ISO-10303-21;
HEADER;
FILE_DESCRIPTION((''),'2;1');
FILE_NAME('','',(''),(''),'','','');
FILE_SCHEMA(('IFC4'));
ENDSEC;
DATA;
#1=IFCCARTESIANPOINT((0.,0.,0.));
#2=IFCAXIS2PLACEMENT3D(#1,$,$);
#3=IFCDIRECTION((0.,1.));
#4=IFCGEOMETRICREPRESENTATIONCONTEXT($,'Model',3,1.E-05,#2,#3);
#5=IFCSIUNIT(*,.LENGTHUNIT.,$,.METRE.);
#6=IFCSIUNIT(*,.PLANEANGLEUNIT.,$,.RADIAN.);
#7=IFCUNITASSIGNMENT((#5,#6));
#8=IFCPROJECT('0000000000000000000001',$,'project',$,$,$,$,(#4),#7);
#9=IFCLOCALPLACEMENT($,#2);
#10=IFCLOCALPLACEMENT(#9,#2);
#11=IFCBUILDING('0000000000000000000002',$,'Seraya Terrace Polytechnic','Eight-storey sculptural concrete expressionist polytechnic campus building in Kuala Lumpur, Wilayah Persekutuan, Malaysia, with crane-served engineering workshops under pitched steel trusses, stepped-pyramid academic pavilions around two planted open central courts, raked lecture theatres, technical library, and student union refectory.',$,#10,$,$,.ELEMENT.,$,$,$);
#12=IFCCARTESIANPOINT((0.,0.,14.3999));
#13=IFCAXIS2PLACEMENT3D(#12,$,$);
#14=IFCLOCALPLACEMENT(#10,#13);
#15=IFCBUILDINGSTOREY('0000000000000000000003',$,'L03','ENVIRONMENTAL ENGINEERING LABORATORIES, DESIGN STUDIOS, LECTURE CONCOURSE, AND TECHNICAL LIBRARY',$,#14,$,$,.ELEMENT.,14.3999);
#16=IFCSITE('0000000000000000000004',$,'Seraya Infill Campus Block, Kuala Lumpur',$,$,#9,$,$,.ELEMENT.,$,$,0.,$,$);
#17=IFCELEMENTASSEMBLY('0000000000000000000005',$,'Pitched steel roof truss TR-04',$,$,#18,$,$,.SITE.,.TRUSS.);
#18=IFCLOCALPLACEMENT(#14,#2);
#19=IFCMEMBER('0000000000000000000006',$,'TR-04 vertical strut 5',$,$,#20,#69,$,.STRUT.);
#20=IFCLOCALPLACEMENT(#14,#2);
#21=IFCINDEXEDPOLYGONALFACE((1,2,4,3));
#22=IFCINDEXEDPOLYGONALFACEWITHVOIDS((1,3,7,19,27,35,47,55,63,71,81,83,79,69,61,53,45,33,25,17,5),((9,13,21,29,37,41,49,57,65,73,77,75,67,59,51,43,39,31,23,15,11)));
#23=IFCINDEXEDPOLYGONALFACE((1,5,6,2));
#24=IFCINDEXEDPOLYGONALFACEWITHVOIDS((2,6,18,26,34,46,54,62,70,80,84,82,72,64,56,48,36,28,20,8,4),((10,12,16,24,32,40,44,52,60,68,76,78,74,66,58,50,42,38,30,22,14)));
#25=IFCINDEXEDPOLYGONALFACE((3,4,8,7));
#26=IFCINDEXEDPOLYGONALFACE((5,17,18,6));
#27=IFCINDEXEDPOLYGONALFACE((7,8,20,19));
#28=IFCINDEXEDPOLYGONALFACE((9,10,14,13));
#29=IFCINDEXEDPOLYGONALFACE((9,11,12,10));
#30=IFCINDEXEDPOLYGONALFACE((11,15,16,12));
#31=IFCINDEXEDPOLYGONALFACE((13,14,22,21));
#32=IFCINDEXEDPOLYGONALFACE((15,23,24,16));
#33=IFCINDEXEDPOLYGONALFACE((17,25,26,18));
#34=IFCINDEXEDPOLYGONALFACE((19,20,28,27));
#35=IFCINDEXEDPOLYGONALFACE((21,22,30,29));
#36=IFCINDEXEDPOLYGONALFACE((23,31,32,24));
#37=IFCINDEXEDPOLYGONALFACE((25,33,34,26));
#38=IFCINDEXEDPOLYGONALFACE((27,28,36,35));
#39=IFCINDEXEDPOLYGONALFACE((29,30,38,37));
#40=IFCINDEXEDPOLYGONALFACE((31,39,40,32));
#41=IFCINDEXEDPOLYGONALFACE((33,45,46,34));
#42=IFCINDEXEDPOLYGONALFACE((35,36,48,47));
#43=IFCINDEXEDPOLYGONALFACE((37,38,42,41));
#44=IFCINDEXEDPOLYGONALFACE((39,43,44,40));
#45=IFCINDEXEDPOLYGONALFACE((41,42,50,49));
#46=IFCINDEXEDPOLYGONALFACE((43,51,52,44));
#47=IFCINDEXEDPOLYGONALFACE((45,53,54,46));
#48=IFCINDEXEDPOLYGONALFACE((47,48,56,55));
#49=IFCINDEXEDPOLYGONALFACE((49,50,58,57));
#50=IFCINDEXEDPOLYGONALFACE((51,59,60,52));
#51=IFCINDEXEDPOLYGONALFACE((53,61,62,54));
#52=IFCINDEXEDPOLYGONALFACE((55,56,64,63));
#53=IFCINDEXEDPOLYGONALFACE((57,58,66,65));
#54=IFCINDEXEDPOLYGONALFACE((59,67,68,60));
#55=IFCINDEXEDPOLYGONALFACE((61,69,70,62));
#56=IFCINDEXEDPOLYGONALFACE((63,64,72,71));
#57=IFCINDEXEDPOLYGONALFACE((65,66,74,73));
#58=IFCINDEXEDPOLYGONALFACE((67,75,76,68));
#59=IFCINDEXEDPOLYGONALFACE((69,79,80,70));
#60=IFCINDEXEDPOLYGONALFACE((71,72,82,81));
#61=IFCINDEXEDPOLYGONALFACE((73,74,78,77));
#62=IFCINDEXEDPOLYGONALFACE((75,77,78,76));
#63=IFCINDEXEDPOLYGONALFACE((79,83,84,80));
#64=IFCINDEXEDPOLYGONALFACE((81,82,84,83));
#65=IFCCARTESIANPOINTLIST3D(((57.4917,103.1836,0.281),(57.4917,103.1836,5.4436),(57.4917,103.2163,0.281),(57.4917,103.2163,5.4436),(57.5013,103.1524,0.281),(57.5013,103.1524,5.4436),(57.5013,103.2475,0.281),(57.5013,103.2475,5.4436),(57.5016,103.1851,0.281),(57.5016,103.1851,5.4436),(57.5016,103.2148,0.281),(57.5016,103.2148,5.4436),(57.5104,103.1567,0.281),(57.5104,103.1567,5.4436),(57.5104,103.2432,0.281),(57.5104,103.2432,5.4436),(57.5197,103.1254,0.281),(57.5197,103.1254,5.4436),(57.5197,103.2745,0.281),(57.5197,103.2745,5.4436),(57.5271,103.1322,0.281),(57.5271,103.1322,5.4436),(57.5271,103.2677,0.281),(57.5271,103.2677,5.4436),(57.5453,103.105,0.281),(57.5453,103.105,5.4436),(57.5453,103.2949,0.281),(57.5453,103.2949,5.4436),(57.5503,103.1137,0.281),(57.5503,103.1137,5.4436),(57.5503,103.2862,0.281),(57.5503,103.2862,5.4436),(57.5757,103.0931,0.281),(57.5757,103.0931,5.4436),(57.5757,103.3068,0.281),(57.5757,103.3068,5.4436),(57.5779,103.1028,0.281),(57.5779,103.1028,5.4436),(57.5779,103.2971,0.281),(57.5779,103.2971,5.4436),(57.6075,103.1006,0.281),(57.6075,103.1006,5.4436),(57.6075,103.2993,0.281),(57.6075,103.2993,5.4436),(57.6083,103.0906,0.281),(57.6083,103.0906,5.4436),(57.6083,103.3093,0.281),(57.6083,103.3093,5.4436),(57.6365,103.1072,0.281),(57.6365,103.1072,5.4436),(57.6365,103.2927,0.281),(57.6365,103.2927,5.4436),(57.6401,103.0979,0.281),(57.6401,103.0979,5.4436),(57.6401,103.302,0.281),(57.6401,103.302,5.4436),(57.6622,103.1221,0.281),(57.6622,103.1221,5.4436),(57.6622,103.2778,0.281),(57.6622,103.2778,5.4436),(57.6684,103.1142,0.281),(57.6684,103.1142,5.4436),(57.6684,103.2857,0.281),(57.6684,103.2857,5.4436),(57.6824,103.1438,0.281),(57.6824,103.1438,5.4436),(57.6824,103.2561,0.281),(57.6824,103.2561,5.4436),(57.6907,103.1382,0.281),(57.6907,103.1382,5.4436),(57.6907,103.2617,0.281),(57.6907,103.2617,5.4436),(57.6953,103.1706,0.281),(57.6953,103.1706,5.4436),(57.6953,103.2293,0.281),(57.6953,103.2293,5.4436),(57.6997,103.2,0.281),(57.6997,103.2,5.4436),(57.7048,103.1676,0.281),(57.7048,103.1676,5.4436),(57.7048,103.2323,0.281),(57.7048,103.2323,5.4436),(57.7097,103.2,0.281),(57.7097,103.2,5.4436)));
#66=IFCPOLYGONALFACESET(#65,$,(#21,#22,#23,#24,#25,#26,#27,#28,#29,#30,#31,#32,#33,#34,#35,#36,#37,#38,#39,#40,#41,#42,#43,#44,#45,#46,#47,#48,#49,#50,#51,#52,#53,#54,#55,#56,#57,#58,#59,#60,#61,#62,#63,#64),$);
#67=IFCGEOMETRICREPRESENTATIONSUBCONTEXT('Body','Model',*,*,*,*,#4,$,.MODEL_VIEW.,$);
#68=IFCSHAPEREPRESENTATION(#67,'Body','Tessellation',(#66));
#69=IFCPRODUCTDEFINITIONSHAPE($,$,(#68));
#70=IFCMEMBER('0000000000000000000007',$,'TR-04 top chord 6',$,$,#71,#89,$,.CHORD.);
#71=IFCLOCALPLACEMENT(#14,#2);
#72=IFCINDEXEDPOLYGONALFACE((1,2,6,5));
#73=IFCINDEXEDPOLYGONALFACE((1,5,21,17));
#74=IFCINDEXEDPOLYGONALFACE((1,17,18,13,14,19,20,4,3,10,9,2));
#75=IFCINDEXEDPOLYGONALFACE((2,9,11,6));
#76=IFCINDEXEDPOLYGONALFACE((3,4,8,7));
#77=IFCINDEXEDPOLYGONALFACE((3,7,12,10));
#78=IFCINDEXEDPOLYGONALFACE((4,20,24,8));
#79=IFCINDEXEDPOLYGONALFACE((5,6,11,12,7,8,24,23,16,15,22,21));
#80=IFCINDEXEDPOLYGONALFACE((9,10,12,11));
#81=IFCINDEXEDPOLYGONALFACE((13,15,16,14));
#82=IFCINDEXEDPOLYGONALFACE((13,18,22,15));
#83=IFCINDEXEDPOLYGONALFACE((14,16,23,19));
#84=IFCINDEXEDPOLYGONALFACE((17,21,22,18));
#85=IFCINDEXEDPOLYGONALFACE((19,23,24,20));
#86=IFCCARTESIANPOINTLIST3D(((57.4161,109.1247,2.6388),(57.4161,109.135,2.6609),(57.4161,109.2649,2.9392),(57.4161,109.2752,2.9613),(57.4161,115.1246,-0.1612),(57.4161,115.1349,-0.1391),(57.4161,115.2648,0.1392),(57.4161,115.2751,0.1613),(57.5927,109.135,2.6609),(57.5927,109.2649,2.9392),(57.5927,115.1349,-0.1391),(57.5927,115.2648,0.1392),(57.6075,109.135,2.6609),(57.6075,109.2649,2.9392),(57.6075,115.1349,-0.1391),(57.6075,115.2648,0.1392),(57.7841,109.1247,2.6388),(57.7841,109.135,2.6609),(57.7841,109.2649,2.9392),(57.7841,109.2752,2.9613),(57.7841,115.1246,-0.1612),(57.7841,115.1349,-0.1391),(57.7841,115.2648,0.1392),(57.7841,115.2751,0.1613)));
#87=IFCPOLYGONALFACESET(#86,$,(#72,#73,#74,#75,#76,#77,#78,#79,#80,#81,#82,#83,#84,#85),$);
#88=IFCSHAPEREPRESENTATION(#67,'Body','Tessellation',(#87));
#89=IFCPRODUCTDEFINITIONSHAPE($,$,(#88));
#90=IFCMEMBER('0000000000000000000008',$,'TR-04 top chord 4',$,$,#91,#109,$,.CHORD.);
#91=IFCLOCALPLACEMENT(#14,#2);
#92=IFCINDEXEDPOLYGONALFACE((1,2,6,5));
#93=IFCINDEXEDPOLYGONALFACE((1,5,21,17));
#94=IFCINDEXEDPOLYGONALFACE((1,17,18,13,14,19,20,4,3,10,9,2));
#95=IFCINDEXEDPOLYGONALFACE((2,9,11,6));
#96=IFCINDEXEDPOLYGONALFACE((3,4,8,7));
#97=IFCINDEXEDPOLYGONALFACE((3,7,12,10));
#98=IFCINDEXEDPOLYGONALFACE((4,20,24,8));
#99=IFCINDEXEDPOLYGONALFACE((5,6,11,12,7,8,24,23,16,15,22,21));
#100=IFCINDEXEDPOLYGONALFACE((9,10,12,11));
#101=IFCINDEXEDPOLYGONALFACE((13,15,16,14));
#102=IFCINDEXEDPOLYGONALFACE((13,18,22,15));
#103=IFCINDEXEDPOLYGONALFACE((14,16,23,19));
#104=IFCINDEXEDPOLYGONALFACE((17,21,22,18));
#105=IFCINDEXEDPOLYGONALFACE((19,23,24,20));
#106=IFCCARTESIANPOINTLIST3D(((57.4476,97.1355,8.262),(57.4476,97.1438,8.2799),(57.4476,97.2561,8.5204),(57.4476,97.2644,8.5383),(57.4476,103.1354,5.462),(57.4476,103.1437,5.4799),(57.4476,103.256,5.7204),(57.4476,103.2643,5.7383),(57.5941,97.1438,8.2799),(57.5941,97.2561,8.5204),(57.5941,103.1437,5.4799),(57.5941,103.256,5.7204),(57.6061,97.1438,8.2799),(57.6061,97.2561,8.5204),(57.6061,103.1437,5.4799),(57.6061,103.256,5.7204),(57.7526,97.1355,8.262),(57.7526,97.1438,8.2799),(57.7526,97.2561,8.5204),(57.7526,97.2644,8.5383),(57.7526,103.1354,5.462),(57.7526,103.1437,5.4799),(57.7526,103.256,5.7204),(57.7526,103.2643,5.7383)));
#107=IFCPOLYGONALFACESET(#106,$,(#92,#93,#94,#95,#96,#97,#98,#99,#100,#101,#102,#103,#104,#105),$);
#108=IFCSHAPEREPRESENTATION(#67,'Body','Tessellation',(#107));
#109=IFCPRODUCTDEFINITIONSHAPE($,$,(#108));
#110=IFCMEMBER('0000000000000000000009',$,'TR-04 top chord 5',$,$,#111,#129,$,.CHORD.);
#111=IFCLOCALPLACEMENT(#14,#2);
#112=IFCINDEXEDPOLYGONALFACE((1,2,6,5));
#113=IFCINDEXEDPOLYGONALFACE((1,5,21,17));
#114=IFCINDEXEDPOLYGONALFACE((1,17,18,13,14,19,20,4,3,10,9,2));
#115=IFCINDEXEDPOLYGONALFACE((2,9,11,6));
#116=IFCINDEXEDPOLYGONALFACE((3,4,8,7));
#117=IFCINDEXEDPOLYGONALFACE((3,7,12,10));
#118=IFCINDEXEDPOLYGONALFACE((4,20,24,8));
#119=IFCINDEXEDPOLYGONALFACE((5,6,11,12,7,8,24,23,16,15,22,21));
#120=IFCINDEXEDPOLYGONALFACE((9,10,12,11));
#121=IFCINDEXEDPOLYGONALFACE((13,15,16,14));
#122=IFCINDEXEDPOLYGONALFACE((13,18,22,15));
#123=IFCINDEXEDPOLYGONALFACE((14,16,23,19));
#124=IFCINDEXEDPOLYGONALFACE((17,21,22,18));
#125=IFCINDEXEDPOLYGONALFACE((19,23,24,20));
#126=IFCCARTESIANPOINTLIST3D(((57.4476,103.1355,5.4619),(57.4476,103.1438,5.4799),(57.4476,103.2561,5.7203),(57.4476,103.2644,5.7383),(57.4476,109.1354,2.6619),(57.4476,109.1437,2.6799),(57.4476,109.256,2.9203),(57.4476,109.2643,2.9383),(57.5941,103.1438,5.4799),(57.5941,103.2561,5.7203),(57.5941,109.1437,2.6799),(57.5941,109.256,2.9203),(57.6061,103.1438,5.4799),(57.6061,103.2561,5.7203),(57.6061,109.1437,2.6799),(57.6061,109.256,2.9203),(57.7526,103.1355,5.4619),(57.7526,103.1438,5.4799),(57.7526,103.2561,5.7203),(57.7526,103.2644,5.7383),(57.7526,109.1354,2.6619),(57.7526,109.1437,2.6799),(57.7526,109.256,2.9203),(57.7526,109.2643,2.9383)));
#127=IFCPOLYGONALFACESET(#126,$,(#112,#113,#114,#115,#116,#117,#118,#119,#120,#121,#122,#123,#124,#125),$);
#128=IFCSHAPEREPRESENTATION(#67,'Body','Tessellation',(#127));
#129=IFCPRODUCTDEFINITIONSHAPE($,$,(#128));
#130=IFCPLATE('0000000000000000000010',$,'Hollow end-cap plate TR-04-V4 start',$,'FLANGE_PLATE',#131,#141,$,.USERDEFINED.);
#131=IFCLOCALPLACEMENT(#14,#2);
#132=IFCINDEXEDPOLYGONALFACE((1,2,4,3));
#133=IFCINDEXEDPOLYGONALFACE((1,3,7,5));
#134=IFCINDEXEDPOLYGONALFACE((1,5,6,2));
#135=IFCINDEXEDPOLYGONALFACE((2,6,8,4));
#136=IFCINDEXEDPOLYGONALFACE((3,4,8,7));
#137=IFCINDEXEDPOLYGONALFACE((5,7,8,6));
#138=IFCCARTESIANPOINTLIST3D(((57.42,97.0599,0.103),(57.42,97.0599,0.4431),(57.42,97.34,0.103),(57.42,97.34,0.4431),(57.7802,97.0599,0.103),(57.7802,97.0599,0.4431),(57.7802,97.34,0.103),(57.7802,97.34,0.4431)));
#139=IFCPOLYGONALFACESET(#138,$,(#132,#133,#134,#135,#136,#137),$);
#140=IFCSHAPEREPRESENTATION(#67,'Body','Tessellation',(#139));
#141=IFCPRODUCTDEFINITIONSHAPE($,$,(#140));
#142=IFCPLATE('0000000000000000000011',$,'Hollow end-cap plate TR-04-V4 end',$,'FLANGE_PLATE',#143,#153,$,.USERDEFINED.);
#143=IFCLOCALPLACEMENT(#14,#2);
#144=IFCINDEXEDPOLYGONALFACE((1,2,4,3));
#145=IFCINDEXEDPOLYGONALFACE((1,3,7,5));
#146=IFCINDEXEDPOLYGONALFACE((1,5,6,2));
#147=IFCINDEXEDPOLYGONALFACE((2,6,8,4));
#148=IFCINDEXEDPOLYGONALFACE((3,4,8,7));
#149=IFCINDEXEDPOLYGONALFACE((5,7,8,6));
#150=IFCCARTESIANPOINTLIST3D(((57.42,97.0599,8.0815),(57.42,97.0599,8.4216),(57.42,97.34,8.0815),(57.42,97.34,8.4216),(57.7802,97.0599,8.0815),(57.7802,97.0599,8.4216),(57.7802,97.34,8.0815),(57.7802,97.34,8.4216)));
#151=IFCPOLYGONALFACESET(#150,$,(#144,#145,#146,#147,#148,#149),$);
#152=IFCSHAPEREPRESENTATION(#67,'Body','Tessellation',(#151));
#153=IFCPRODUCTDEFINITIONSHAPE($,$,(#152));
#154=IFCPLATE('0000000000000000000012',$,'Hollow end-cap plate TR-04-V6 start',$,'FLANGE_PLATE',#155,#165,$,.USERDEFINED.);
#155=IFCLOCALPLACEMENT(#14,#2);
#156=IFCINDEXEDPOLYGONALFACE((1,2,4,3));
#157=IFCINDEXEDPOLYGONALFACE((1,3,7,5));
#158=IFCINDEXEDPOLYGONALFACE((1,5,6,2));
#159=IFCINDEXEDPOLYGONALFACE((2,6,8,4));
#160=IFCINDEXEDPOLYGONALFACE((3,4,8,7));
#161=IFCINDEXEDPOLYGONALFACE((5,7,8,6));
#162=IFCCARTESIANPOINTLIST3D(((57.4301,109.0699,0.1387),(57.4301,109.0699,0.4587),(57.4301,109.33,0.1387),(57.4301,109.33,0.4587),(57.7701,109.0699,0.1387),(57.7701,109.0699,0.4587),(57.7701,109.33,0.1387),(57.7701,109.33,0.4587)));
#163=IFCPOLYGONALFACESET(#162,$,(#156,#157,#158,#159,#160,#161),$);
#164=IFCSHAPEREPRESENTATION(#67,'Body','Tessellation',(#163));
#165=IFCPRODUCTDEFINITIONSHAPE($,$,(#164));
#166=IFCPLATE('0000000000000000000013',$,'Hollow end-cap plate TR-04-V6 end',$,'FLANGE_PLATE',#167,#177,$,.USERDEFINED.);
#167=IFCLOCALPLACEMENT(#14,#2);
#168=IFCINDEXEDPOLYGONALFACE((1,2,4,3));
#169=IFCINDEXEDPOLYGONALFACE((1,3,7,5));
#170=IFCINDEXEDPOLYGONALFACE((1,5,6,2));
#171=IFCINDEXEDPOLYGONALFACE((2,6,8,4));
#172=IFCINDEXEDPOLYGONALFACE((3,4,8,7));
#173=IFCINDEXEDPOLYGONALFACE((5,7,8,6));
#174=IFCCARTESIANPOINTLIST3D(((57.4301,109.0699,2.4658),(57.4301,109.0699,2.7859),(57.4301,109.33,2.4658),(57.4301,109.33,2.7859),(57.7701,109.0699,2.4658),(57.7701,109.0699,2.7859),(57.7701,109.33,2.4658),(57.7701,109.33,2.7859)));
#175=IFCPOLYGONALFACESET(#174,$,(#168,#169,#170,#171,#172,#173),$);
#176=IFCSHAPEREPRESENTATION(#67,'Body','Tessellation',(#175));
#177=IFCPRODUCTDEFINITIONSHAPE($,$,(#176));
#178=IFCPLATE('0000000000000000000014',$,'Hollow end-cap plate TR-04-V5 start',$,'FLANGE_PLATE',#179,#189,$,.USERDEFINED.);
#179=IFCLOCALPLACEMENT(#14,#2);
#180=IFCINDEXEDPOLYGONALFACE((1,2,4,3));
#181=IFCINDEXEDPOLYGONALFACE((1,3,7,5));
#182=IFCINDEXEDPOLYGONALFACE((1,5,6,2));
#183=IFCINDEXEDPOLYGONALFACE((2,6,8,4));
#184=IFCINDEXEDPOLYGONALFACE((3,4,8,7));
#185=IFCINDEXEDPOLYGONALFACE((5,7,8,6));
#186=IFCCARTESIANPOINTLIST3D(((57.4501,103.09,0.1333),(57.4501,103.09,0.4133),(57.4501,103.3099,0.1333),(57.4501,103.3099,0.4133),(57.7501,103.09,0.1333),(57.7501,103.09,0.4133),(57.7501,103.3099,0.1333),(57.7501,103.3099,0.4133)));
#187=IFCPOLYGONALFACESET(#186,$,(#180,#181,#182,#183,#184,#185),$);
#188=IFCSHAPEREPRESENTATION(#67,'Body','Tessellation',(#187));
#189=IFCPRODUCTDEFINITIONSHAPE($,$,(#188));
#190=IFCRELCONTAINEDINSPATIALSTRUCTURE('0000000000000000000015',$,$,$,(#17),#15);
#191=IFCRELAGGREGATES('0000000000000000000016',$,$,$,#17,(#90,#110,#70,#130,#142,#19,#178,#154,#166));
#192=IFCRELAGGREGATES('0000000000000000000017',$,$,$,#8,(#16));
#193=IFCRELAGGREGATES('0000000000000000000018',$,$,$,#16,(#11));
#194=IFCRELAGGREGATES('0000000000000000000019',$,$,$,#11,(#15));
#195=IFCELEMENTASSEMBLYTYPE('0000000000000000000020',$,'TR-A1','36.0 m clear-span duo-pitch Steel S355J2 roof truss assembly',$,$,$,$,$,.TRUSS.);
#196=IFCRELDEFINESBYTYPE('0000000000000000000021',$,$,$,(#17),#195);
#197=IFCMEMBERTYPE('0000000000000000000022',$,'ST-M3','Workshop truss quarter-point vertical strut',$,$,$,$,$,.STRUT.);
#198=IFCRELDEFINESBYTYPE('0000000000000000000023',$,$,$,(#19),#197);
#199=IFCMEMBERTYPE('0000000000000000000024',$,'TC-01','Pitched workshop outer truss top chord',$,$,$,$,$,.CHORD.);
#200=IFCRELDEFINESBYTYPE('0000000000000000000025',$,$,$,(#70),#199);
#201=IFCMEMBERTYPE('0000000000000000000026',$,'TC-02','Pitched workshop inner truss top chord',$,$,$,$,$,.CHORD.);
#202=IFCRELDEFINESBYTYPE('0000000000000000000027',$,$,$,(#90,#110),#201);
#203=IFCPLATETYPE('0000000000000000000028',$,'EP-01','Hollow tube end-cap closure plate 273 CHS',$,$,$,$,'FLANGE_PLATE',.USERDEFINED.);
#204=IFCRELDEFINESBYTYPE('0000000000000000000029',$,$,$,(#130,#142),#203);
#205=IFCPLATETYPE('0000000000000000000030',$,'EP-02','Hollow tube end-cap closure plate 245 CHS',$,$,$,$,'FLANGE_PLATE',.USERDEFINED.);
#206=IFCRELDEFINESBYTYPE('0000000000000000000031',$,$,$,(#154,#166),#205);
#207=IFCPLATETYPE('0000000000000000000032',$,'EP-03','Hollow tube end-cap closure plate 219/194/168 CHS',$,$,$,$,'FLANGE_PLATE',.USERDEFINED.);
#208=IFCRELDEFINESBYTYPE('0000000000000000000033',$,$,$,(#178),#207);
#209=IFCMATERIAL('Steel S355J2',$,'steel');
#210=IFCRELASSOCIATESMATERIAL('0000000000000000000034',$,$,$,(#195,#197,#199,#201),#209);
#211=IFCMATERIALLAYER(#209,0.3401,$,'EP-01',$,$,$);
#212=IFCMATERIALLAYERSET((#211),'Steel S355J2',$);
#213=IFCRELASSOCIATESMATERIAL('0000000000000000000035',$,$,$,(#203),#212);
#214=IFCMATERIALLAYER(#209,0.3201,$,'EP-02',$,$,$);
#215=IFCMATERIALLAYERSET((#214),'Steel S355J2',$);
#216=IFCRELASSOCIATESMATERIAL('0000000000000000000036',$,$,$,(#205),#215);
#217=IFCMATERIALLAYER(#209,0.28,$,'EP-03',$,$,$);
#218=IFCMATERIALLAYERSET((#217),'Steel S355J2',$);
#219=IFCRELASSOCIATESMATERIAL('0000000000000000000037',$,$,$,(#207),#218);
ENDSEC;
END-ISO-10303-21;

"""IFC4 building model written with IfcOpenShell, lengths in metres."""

from ifc_helpers import new_model, si_unit, direction, frame, origin, origin_2d, place, context, subcontext, project, spatial, rectangle, hollow_circle, i_section, extrude, material, layer, layer_set, material_profile, profile_set, type_object, element, aggregate, save


model = new_model("IFC4")

# Units and contexts
model_context = context("Model", 3, precision=1e-05, world=origin(), true_north=direction((0.0, 1.0)))
body_context = subcontext(model_context, "Body", "Model", "MODEL_VIEW")
ifc_project = project(units=[si_unit("LENGTHUNIT", "METRE"), si_unit("PLANEANGLEUNIT", "RADIAN")], contexts=[model_context])

# Site, building, storey
site_placement = place(None, origin())
site = spatial("IfcSite", under=ifc_project, at=site_placement, Name="Seraya Infill Campus Block, Kuala Lumpur", CompositionType="ELEMENT", RefElevation=0.0)
building_placement = place(site_placement, origin())
building = spatial("IfcBuilding", under=site, at=building_placement, Name="Seraya Terrace Polytechnic", Description="Eight-storey sculptural concrete expressionist polytechnic campus building in Kuala Lumpur, Wilayah Persekutuan, Malaysia, with crane-served engineering workshops under pitched steel trusses, stepped-pyramid academic pavilions around two planted open central courts, raked lecture theatres, technical library, and student union refectory.", CompositionType="ELEMENT")
storey_placement = place(building_placement, frame((0.0, 0.0, 14.3999)))
storey = spatial("IfcBuildingStorey", under=building, at=storey_placement, Name="L03", Description="ENVIRONMENTAL ENGINEERING LABORATORIES, DESIGN STUDIOS, LECTURE CONCOURSE, AND TECHNICAL LIBRARY", CompositionType="ELEMENT", Elevation=14.3999)

# Element assembly
ifc_material_1 = material(Name="Steel S355J2", Category="steel")
element_assembly_type = type_object("IfcElementAssemblyType", Name="TR-A1", Description="36.0 m clear-span duo-pitch Steel S355J2 roof truss assembly", PredefinedType="TRUSS", material=ifc_material_1)
assembly_placement = place(storey_placement, origin())
assembly = element("IfcElementAssembly", 1, at=assembly_placement, inside=storey, type_object=element_assembly_type, Name="Pitched steel roof truss TR-04", AssemblyPlace="SITE", PredefinedType="TRUSS")

# Members
ifc_material_profile_1 = material_profile(ifc_material_1, hollow_circle(Radius=0.1096, WallThickness=0.01, at=origin_2d()), Name="CHS 219.1x10.0")
ifc_profile_set_1 = profile_set([ifc_material_profile_1], Name="Steel S355J2")
member_type_1 = type_object("IfcMemberType", Name="ST-M3", Description="Workshop truss quarter-point vertical strut", PredefinedType="STRUT", material=ifc_profile_set_1)
member_1_placement = place(storey_placement, frame((57.6001, 103.2, 0.281), z_axis=(0.0, 0.0, 1.0), x_axis=(1.0, 0.0, 0.0)))
member_1 = element("IfcMember", 2, at=member_1_placement, type_object=member_type_1, Name="TR-04 vertical strut 5", PredefinedType="STRUT", context=body_context, shape_type="SweptSolid", body=[
    extrude(hollow_circle(Radius=0.1096, WallThickness=0.01, at=origin_2d()), origin(), (0.0, 0.0, 1.0), 5.1626),
])
ifc_material_profile_2 = material_profile(ifc_material_1, i_section(OverallWidth=0.3679, OverallDepth=0.356, WebThickness=0.0149, FlangeThickness=0.0244, at=origin_2d()), Name="UKC 356x368x15.0x24.4")
ifc_profile_set_2 = profile_set([ifc_material_profile_2], Name="Steel S355J2")
member_type_2 = type_object("IfcMemberType", Name="TC-01", Description="Pitched workshop outer truss top chord", PredefinedType="CHORD", material=ifc_profile_set_2)
member_2_placement = place(storey_placement, frame((57.6001, 109.2, 2.8), z_axis=(0.0, 0.90618, -0.422892), x_axis=(-1.0, 0.0, 0.0)))
member_2 = element("IfcMember", 3, at=member_2_placement, type_object=member_type_2, Name="TR-04 top chord 6", PredefinedType="CHORD", context=body_context, shape_type="SweptSolid", body=[
    extrude(i_section(OverallWidth=0.3679, OverallDepth=0.356, WebThickness=0.0149, FlangeThickness=0.0244, at=origin_2d()), origin(), (0.0, 0.0, 1.0), 6.6211),
])
ifc_material_profile_3 = material_profile(ifc_material_1, i_section(OverallWidth=0.3049, OverallDepth=0.3049, WebThickness=0.012, FlangeThickness=0.0198, at=origin_2d()), Name="UKC 305x305x12.0x19.7")
ifc_profile_set_3 = profile_set([ifc_material_profile_3], Name="Steel S355J2")
member_type_3 = type_object("IfcMemberType", Name="TC-02", Description="Pitched workshop inner truss top chord", PredefinedType="CHORD", material=ifc_profile_set_3)
member_3_placement = place(storey_placement, frame((57.6001, 97.2, 8.4001), z_axis=(0.0, 0.90618, -0.422892), x_axis=(-1.0, 0.0, 0.0)))
member_3 = element("IfcMember", 4, at=member_3_placement, type_object=member_type_3, Name="TR-04 top chord 4", PredefinedType="CHORD", context=body_context, shape_type="SweptSolid", body=[
    extrude(i_section(OverallWidth=0.3049, OverallDepth=0.3049, WebThickness=0.012, FlangeThickness=0.0198, at=origin_2d()), origin(), (0.0, 0.0, 1.0), 6.6211),
])
member_4_placement = place(storey_placement, frame((57.6001, 103.2, 5.6001), z_axis=(0.0, 0.90618, -0.422892), x_axis=(-1.0, 0.0, 0.0)))
member_4 = element("IfcMember", 5, at=member_4_placement, type_object=member_type_3, Name="TR-04 top chord 5", PredefinedType="CHORD", context=body_context, shape_type="SweptSolid", body=[
    extrude(i_section(OverallWidth=0.3049, OverallDepth=0.3049, WebThickness=0.012, FlangeThickness=0.0198, at=origin_2d()), origin(), (0.0, 0.0, 1.0), 6.6211),
])

# Plates
ifc_layer_1 = layer(ifc_material_1, 0.3401, Name="EP-01")
ifc_layer_set_1 = layer_set([ifc_layer_1], Name="Steel S355J2")
plate_type_1 = type_object("IfcPlateType", Name="EP-01", Description="Hollow tube end-cap closure plate 273 CHS", ElementType="FLANGE_PLATE", PredefinedType="USERDEFINED", material=ifc_layer_set_1)
plate_1_placement = place(storey_placement, frame((57.6001, 97.2, 0.103), z_axis=(0.0, 0.0, 1.0), x_axis=(1.0, 0.0, 0.0)))
plate_1 = element("IfcPlate", 6, at=plate_1_placement, type_object=plate_type_1, Name="Hollow end-cap plate TR-04-V4 start", ObjectType="FLANGE_PLATE", PredefinedType="USERDEFINED", context=body_context, shape_type="SweptSolid", body=[
    extrude(rectangle(XDim=0.3601, YDim=0.28, at=origin_2d()), origin(), (0.0, 0.0, 1.0), 0.3401),
])
plate_2_placement = place(storey_placement, frame((57.6001, 97.2, 8.0815), z_axis=(0.0, 0.0, 1.0), x_axis=(1.0, 0.0, 0.0)))
plate_2 = element("IfcPlate", 7, at=plate_2_placement, type_object=plate_type_1, Name="Hollow end-cap plate TR-04-V4 end", ObjectType="FLANGE_PLATE", PredefinedType="USERDEFINED", context=body_context, shape_type="SweptSolid", body=[
    extrude(rectangle(XDim=0.3601, YDim=0.28, at=origin_2d()), origin(), (0.0, 0.0, 1.0), 0.3401),
])
ifc_layer_2 = layer(ifc_material_1, 0.3201, Name="EP-02")
ifc_layer_set_2 = layer_set([ifc_layer_2], Name="Steel S355J2")
plate_type_2 = type_object("IfcPlateType", Name="EP-02", Description="Hollow tube end-cap closure plate 245 CHS", ElementType="FLANGE_PLATE", PredefinedType="USERDEFINED", material=ifc_layer_set_2)
plate_3_placement = place(storey_placement, frame((57.6001, 109.2, 0.1387), z_axis=(0.0, 0.0, 1.0), x_axis=(1.0, 0.0, 0.0)))
plate_3 = element("IfcPlate", 8, at=plate_3_placement, type_object=plate_type_2, Name="Hollow end-cap plate TR-04-V6 start", ObjectType="FLANGE_PLATE", PredefinedType="USERDEFINED", context=body_context, shape_type="SweptSolid", body=[
    extrude(rectangle(XDim=0.3401, YDim=0.26, at=origin_2d()), origin(), (0.0, 0.0, 1.0), 0.3201),
])
plate_4_placement = place(storey_placement, frame((57.6001, 109.2, 2.4658), z_axis=(0.0, 0.0, 1.0), x_axis=(1.0, 0.0, 0.0)))
plate_4 = element("IfcPlate", 9, at=plate_4_placement, type_object=plate_type_2, Name="Hollow end-cap plate TR-04-V6 end", ObjectType="FLANGE_PLATE", PredefinedType="USERDEFINED", context=body_context, shape_type="SweptSolid", body=[
    extrude(rectangle(XDim=0.3401, YDim=0.26, at=origin_2d()), origin(), (0.0, 0.0, 1.0), 0.3201),
])
ifc_layer_3 = layer(ifc_material_1, 0.28, Name="EP-03")
ifc_layer_set_3 = layer_set([ifc_layer_3], Name="Steel S355J2")
plate_type_3 = type_object("IfcPlateType", Name="EP-03", Description="Hollow tube end-cap closure plate 219/194/168 CHS", ElementType="FLANGE_PLATE", PredefinedType="USERDEFINED", material=ifc_layer_set_3)
plate_5_placement = place(storey_placement, frame((57.6001, 103.2, 0.1333), z_axis=(0.0, 0.0, 1.0), x_axis=(1.0, 0.0, 0.0)))
plate_5 = element("IfcPlate", 10, at=plate_5_placement, type_object=plate_type_3, Name="Hollow end-cap plate TR-04-V5 start", ObjectType="FLANGE_PLATE", PredefinedType="USERDEFINED", context=body_context, shape_type="SweptSolid", body=[
    extrude(rectangle(XDim=0.3, YDim=0.22, at=origin_2d()), origin(), (0.0, 0.0, 1.0), 0.28),
])
aggregate(assembly, [member_3, member_4, member_2, plate_1, plate_2, member_1, plate_5, plate_3, plate_4])

save(model, "model.ifc")
